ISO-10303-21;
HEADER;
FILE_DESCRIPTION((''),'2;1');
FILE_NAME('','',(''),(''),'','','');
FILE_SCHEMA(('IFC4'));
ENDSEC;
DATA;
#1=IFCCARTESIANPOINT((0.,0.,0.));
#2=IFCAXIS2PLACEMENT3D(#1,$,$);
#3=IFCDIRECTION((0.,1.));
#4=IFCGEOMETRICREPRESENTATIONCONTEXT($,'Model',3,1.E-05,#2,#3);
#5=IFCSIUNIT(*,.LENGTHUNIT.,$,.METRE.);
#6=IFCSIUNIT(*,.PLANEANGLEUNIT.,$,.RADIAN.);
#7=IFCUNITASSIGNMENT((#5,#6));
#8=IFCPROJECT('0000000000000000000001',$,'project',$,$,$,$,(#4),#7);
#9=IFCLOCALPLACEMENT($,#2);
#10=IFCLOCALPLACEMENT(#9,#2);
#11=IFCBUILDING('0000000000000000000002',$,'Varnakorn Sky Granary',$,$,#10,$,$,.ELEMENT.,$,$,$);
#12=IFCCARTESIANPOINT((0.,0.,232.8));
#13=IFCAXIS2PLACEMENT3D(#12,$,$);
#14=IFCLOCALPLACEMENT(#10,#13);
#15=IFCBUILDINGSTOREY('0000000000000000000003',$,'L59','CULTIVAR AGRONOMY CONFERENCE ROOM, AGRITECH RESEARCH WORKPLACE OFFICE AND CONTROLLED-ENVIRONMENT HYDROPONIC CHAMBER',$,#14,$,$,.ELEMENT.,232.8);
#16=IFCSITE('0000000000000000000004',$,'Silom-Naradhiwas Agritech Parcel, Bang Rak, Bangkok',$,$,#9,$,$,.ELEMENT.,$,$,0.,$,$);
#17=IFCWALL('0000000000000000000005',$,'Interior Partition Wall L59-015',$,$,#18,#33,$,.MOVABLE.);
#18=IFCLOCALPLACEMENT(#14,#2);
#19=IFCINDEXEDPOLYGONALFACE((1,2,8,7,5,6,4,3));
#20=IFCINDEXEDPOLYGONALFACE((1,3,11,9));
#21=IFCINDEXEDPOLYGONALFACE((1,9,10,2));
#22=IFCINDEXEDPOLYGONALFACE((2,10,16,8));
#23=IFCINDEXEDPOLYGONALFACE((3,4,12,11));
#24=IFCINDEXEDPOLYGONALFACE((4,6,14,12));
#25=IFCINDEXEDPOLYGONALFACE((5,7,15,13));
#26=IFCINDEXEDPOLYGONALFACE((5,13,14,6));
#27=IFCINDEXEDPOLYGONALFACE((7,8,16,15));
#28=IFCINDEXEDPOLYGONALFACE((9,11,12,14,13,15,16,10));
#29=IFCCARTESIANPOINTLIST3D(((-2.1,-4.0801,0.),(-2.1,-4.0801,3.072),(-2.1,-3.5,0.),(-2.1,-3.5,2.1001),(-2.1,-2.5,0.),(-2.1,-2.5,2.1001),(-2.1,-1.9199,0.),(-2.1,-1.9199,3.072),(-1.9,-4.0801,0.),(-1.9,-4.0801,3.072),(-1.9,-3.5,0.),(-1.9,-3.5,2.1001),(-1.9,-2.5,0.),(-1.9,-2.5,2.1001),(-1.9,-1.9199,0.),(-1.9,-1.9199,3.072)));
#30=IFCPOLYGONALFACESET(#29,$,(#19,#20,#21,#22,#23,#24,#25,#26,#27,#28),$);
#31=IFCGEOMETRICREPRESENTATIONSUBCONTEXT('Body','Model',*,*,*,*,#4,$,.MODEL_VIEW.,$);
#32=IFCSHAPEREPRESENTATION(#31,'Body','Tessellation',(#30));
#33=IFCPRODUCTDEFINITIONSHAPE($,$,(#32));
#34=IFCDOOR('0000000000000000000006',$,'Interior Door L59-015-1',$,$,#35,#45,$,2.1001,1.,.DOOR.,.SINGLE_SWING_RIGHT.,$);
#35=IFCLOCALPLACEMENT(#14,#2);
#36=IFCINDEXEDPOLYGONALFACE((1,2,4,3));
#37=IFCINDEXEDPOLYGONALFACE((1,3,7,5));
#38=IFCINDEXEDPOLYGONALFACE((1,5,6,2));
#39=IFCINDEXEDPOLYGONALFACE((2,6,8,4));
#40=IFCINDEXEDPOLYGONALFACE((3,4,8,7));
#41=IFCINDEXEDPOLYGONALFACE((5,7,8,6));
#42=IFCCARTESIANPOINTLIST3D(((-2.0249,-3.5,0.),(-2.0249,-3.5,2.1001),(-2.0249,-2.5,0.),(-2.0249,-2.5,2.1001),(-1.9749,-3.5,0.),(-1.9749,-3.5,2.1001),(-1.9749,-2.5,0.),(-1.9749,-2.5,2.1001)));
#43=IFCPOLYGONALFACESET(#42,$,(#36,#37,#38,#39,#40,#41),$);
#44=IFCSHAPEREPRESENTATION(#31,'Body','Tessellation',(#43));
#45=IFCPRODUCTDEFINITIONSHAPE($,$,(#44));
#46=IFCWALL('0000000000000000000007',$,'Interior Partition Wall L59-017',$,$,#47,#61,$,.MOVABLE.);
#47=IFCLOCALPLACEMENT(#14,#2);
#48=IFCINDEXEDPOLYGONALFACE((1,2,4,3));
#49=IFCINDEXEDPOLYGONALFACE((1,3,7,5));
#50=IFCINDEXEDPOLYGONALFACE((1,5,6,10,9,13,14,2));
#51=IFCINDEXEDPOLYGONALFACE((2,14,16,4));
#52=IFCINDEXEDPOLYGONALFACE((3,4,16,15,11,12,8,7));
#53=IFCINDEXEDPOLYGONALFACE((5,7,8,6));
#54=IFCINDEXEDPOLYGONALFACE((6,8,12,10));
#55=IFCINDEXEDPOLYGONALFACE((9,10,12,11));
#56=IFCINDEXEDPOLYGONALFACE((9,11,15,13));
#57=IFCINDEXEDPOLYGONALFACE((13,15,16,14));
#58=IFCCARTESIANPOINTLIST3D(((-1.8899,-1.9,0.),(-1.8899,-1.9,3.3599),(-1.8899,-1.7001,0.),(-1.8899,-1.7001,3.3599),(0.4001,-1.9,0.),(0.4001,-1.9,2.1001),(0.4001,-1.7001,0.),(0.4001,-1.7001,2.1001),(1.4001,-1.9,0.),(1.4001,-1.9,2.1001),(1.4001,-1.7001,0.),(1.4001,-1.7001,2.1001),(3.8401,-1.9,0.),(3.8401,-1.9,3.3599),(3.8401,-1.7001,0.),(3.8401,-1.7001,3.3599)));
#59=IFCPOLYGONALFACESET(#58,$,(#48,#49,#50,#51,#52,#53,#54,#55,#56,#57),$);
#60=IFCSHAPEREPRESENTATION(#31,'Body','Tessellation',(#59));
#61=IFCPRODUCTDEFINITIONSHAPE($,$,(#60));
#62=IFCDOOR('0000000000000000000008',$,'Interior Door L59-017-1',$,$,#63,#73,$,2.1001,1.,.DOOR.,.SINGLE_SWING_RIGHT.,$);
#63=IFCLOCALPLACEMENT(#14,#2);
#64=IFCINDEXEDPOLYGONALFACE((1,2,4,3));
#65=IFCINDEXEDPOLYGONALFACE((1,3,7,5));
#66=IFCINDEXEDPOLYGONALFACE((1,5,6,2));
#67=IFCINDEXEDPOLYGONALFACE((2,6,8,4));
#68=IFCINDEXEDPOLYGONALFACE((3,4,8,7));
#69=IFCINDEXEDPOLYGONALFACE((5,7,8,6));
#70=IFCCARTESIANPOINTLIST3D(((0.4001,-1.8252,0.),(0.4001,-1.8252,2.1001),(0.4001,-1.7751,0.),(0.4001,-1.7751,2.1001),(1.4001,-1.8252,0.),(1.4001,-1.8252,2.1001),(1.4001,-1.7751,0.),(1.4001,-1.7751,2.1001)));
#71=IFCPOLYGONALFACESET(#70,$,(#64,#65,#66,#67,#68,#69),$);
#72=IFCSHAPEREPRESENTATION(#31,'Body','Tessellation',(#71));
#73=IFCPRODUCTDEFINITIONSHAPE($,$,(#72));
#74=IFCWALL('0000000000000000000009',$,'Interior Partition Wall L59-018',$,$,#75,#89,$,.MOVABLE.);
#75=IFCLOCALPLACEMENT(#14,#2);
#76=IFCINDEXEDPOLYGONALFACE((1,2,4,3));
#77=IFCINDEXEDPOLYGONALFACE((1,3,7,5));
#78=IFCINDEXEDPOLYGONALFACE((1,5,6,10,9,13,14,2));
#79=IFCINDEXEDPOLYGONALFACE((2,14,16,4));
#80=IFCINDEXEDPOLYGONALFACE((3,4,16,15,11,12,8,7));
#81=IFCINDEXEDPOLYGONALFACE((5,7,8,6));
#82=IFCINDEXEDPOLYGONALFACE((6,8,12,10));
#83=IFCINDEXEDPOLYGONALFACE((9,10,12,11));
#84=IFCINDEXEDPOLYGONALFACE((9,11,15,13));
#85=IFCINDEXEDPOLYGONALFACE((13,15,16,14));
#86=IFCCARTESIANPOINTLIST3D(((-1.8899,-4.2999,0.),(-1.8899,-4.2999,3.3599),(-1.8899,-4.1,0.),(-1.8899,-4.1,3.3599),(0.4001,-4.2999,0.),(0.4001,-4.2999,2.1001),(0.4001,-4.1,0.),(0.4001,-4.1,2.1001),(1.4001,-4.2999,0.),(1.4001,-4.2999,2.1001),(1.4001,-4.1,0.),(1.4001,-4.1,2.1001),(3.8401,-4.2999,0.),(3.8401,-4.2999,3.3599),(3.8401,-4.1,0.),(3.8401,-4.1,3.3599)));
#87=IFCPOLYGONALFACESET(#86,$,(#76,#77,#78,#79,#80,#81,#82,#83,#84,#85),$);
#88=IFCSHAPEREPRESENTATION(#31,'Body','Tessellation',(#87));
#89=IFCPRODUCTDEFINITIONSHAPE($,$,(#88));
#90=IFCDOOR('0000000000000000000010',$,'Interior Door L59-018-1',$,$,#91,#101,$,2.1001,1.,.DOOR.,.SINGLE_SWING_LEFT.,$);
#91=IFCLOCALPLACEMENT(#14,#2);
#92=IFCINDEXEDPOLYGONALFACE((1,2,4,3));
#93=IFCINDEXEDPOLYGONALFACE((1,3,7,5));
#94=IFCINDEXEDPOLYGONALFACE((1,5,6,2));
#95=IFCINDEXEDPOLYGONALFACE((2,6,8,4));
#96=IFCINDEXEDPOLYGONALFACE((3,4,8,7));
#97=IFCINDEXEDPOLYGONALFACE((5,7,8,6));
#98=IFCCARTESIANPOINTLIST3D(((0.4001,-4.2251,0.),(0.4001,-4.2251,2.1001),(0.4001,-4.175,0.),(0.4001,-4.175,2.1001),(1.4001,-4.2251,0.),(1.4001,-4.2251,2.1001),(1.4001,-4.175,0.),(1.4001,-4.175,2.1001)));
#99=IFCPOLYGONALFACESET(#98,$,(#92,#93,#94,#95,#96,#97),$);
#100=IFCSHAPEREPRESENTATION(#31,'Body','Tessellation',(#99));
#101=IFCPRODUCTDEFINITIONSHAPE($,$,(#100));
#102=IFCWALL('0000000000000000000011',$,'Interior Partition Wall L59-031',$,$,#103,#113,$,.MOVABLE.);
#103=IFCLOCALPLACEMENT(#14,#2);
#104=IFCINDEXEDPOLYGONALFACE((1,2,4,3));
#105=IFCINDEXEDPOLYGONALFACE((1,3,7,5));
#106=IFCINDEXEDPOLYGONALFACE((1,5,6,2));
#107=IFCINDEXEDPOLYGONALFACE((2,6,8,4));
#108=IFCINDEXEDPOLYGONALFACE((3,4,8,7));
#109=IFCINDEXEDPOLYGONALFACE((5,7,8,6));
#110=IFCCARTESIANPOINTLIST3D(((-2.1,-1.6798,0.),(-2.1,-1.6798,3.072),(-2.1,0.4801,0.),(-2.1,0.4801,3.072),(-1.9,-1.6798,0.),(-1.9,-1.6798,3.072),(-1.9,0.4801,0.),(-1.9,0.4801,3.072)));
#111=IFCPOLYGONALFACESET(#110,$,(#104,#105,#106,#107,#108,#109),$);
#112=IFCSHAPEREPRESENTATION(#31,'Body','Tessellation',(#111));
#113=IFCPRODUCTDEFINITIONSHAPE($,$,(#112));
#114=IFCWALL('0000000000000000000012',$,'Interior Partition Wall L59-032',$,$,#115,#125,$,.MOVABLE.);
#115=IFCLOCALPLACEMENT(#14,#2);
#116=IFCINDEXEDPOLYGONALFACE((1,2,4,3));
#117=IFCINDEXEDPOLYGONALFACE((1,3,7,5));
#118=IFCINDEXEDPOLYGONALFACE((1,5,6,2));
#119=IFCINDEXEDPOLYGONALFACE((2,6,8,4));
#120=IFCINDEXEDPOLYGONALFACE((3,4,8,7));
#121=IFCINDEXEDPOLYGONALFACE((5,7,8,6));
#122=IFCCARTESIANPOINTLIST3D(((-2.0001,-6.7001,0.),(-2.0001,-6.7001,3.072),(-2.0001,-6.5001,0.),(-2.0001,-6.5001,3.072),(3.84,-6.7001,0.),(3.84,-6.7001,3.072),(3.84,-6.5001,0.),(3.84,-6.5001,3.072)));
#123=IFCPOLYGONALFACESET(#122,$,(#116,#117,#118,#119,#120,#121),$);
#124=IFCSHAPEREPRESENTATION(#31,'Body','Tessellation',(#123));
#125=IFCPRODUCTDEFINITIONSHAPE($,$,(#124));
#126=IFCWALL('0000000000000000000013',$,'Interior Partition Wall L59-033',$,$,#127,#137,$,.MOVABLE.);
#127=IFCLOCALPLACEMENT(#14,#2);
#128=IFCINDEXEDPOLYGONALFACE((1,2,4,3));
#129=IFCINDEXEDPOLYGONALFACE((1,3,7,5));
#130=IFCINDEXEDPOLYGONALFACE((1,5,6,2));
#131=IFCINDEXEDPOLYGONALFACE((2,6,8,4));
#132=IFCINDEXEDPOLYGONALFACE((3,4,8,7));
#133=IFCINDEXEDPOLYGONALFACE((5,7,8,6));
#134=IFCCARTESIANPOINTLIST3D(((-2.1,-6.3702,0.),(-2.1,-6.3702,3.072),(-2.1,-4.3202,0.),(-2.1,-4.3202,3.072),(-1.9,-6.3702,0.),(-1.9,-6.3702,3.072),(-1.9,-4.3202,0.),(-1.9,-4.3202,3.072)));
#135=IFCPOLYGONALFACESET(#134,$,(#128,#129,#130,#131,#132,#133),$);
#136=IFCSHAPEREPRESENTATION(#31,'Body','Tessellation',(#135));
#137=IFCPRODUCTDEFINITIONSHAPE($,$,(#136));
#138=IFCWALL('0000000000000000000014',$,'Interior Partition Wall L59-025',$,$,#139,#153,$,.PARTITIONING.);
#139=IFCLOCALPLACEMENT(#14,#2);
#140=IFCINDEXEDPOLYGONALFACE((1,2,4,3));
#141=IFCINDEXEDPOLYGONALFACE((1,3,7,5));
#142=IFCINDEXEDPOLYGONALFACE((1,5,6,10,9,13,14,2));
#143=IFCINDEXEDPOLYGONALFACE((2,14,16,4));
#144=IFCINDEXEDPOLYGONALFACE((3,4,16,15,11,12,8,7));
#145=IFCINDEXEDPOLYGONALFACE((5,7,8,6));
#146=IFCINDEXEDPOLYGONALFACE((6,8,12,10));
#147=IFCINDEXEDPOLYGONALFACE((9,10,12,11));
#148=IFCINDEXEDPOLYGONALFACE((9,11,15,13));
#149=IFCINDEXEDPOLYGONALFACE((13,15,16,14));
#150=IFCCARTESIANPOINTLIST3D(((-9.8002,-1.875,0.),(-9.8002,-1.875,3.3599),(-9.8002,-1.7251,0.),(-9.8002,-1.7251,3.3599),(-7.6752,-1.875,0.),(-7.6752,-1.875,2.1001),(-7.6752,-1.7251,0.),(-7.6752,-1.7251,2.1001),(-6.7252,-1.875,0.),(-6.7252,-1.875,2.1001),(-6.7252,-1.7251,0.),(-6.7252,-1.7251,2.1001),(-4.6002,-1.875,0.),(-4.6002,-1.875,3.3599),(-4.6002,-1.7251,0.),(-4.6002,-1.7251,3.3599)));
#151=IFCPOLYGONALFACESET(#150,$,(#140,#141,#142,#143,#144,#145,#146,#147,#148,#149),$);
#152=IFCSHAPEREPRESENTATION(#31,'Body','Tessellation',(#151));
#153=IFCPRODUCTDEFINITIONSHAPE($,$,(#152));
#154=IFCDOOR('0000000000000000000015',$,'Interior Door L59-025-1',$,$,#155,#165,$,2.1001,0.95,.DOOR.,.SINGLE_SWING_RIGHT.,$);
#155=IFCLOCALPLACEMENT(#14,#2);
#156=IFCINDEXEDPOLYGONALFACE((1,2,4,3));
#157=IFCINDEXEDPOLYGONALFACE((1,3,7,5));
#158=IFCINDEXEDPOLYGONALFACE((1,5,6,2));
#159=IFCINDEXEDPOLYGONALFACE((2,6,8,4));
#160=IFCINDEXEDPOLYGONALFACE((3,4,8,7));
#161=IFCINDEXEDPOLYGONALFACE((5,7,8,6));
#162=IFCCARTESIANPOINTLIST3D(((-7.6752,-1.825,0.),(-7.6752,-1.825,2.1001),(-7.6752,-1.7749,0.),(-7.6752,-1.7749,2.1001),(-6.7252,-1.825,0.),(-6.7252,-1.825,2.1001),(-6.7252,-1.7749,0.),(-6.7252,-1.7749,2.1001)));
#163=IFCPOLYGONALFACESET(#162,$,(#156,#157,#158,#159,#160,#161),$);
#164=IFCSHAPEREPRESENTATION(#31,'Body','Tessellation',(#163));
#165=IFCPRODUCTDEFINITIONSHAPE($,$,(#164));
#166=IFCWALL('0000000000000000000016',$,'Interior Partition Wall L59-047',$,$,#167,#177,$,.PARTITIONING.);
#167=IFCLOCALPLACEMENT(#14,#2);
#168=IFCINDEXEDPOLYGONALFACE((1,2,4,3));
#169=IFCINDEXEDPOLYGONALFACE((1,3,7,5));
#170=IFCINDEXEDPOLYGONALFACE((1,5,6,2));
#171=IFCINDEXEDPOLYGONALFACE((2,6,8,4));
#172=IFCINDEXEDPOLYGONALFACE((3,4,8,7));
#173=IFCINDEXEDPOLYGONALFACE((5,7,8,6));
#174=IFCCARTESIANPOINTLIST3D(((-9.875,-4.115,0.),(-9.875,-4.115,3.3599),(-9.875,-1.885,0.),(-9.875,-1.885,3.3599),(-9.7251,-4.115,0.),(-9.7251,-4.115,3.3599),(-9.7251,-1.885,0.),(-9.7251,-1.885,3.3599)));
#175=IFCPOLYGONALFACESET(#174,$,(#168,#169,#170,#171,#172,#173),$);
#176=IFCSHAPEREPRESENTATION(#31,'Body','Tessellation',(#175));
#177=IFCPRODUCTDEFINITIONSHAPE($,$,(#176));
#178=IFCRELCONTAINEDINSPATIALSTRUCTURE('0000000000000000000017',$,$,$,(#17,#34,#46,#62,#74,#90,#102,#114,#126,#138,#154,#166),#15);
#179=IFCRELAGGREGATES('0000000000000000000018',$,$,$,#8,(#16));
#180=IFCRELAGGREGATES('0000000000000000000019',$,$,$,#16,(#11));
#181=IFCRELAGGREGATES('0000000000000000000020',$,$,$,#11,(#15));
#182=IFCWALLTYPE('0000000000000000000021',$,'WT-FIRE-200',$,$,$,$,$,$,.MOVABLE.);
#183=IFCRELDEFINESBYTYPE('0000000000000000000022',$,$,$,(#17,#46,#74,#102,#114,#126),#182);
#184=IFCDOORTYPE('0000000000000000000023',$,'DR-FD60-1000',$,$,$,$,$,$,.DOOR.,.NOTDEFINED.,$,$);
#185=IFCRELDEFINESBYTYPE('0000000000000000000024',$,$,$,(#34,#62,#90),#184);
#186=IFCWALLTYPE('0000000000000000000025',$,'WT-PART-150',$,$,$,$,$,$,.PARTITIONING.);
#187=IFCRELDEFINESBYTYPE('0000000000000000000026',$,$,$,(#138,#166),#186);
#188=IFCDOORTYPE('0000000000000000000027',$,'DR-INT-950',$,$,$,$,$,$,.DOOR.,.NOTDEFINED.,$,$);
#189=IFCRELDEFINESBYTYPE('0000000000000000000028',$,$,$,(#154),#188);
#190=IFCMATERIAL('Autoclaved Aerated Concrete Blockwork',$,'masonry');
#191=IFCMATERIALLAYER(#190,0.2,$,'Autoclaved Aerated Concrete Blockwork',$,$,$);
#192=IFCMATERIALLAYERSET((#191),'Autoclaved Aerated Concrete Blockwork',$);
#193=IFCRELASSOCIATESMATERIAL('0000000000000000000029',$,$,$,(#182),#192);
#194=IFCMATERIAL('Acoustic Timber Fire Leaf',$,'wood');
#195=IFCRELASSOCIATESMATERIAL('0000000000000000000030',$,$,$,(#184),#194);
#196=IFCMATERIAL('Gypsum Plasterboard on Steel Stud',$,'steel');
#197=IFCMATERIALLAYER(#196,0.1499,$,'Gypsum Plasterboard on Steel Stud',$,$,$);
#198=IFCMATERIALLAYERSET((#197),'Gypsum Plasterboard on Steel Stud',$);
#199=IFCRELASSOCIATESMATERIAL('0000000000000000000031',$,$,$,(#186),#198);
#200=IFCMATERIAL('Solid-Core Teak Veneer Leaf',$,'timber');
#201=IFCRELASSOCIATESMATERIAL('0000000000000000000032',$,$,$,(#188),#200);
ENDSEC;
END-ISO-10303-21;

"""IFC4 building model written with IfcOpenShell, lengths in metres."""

from ifc_helpers import new_model, si_unit, direction, frame, frame_2d, origin, place, context, subcontext, project, spatial, rectangle, extrude, material, layer, layer_set, type_object, element, fill, save


model = new_model("IFC4")

# Units and contexts
model_context = context("Model", 3, precision=1e-05, world=origin(), true_north=direction((0.0, 1.0)))
body_context = subcontext(model_context, "Body", "Model", "MODEL_VIEW")
ifc_project = project(units=[si_unit("LENGTHUNIT", "METRE"), si_unit("PLANEANGLEUNIT", "RADIAN")], contexts=[model_context])

# Site, building, storey
site_placement = place(None, origin())
site = spatial("IfcSite", under=ifc_project, at=site_placement, Name="Silom-Naradhiwas Agritech Parcel, Bang Rak, Bangkok", CompositionType="ELEMENT", RefElevation=0.0)
building_placement = place(site_placement, origin())
building = spatial("IfcBuilding", under=site, at=building_placement, Name="Varnakorn Sky Granary", CompositionType="ELEMENT")
storey_placement = place(building_placement, frame((0.0, 0.0, 232.8)))
storey = spatial("IfcBuildingStorey", under=building, at=storey_placement, Name="L59", Description="CULTIVAR AGRONOMY CONFERENCE ROOM, AGRITECH RESEARCH WORKPLACE OFFICE AND CONTROLLED-ENVIRONMENT HYDROPONIC CHAMBER", CompositionType="ELEMENT", Elevation=232.8)

# Walls, openings, doors
ifc_material_1 = material(Name="Autoclaved Aerated Concrete Blockwork", Category="masonry")
ifc_layer_1 = layer(ifc_material_1, 0.2, Name="Autoclaved Aerated Concrete Blockwork")
ifc_layer_set_1 = layer_set([ifc_layer_1], Name="Autoclaved Aerated Concrete Blockwork")
wall_type_1 = type_object("IfcWallType", Name="WT-FIRE-200", PredefinedType="MOVABLE", material=ifc_layer_set_1)
wall_1_placement = place(storey_placement, frame((-2.0, -4.0801, 0.0), z_axis=(0.0, 0.0, 1.0), x_axis=(0.0, 1.0, 0.0)))
wall_1 = element("IfcWall", 1, at=wall_1_placement, inside=storey, type_object=wall_type_1, Name="Interior Partition Wall L59-015", PredefinedType="MOVABLE", context=body_context, shape_type="SweptSolid", body=[
    extrude(rectangle(XDim=2.1602, YDim=0.2, at=frame_2d((1.0801, 0.0))), origin(), (0.0, 0.0, 1.0), 3.072),
])
opening_1_placement = place(wall_1_placement, frame((0.5801, 0.0, 0.0)))
opening_1 = element("IfcOpeningElement", 2, at=opening_1_placement, cuts=wall_1, PredefinedType="OPENING", context=body_context, shape_type="SweptSolid", body=[
    extrude(rectangle(XDim=1.0, YDim=2.1001, at=frame_2d((0.5, 1.05))), frame((0.0, 0.1099, 0.0), z_axis=(0.0, -1.0, 0.0), x_axis=(1.0, 0.0, 0.0)), (0.0, 0.0, 1.0), 0.22),
])
ifc_material_2 = material(Name="Acoustic Timber Fire Leaf", Category="wood")
door_type_1 = type_object("IfcDoorType", Name="DR-FD60-1000", OperationType="NOTDEFINED", PredefinedType="DOOR", material=ifc_material_2)
door_1_placement = place(opening_1_placement, origin())
door_1 = element("IfcDoor", 3, at=door_1_placement, inside=storey, type_object=door_type_1, Name="Interior Door L59-015-1", OperationType="SINGLE_SWING_RIGHT", OverallHeight=2.1001, OverallWidth=1.0, PredefinedType="DOOR", context=body_context, shape_type="SweptSolid", body=[
    extrude(rectangle(XDim=1.0, YDim=2.1001, at=frame_2d((0.5, 1.05))), frame((0.0, 0.0249, 0.0), z_axis=(0.0, -1.0, 0.0), x_axis=(1.0, 0.0, 0.0)), (0.0, 0.0, 1.0), 0.05),
])
fill(opening_1, door_1)
wall_2_placement = place(storey_placement, frame((-1.8899, -1.8, 0.0), z_axis=(0.0, 0.0, 1.0), x_axis=(1.0, 0.0, 0.0)))
wall_2 = element("IfcWall", 4, at=wall_2_placement, inside=storey, type_object=wall_type_1, Name="Interior Partition Wall L59-017", PredefinedType="MOVABLE", context=body_context, shape_type="SweptSolid", body=[
    extrude(rectangle(XDim=5.73, YDim=0.2, at=frame_2d((2.865, 0.0))), origin(), (0.0, 0.0, 1.0), 3.3599),
])
opening_2_placement = place(wall_2_placement, frame((2.29, 0.0, 0.0)))
opening_2 = element("IfcOpeningElement", 5, at=opening_2_placement, cuts=wall_2, PredefinedType="OPENING", context=body_context, shape_type="SweptSolid", body=[
    extrude(rectangle(XDim=1.0, YDim=2.1001, at=frame_2d((0.5, 1.05))), frame((0.0, 0.1099, 0.0), z_axis=(0.0, -1.0, 0.0), x_axis=(1.0, 0.0, 0.0)), (0.0, 0.0, 1.0), 0.22),
])
door_2_placement = place(opening_2_placement, origin())
door_2 = element("IfcDoor", 6, at=door_2_placement, inside=storey, type_object=door_type_1, Name="Interior Door L59-017-1", OperationType="SINGLE_SWING_RIGHT", OverallHeight=2.1001, OverallWidth=1.0, PredefinedType="DOOR", context=body_context, shape_type="SweptSolid", body=[
    extrude(rectangle(XDim=1.0, YDim=2.1001, at=frame_2d((0.5, 1.05))), frame((0.0, 0.0249, 0.0), z_axis=(0.0, -1.0, 0.0), x_axis=(1.0, 0.0, 0.0)), (0.0, 0.0, 1.0), 0.05),
])
fill(opening_2, door_2)
wall_3_placement = place(storey_placement, frame((-1.8899, -4.2, 0.0), z_axis=(0.0, 0.0, 1.0), x_axis=(1.0, 0.0, 0.0)))
wall_3 = element("IfcWall", 7, at=wall_3_placement, inside=storey, type_object=wall_type_1, Name="Interior Partition Wall L59-018", PredefinedType="MOVABLE", context=body_context, shape_type="SweptSolid", body=[
    extrude(rectangle(XDim=5.73, YDim=0.2, at=frame_2d((2.865, 0.0))), origin(), (0.0, 0.0, 1.0), 3.3599),
])
opening_3_placement = place(wall_3_placement, frame((2.29, 0.0, 0.0)))
opening_3 = element("IfcOpeningElement", 8, at=opening_3_placement, cuts=wall_3, PredefinedType="OPENING", context=body_context, shape_type="SweptSolid", body=[
    extrude(rectangle(XDim=1.0, YDim=2.1001, at=frame_2d((0.5, 1.05))), frame((0.0, 0.1099, 0.0), z_axis=(0.0, -1.0, 0.0), x_axis=(1.0, 0.0, 0.0)), (0.0, 0.0, 1.0), 0.22),
])
door_3_placement = place(opening_3_placement, origin())
door_3 = element("IfcDoor", 9, at=door_3_placement, inside=storey, type_object=door_type_1, Name="Interior Door L59-018-1", OperationType="SINGLE_SWING_LEFT", OverallHeight=2.1001, OverallWidth=1.0, PredefinedType="DOOR", context=body_context, shape_type="SweptSolid", body=[
    extrude(rectangle(XDim=1.0, YDim=2.1001, at=frame_2d((0.5, 1.05))), frame((0.0, 0.0249, 0.0), z_axis=(0.0, -1.0, 0.0), x_axis=(1.0, 0.0, 0.0)), (0.0, 0.0, 1.0), 0.05),
])
fill(opening_3, door_3)

# Walls
wall_4_placement = place(storey_placement, frame((-2.0, -1.6799, 0.0), z_axis=(0.0, 0.0, 1.0), x_axis=(0.0, 1.0, 0.0)))
element("IfcWall", 10, at=wall_4_placement, inside=storey, type_object=wall_type_1, Name="Interior Partition Wall L59-031", PredefinedType="MOVABLE", context=body_context, shape_type="SweptSolid", body=[
    extrude(rectangle(XDim=2.1599, YDim=0.2, at=frame_2d((1.0801, 0.0))), origin(), (0.0, 0.0, 1.0), 3.072),
])
wall_5_placement = place(storey_placement, frame((-2.0, -6.6001, 0.0), z_axis=(0.0, 0.0, 1.0), x_axis=(1.0, 0.0, 0.0)))
element("IfcWall", 11, at=wall_5_placement, inside=storey, type_object=wall_type_1, Name="Interior Partition Wall L59-032", PredefinedType="MOVABLE", context=body_context, shape_type="SweptSolid", body=[
    extrude(rectangle(XDim=5.8401, YDim=0.2, at=frame_2d((2.9199, 0.0))), origin(), (0.0, 0.0, 1.0), 3.072),
])
wall_6_placement = place(storey_placement, frame((-2.0, -6.3701, 0.0), z_axis=(0.0, 0.0, 1.0), x_axis=(0.0, 1.0, 0.0)))
element("IfcWall", 12, at=wall_6_placement, inside=storey, type_object=wall_type_1, Name="Interior Partition Wall L59-033", PredefinedType="MOVABLE", context=body_context, shape_type="SweptSolid", body=[
    extrude(rectangle(XDim=2.05, YDim=0.2, at=frame_2d((1.0249, 0.0))), origin(), (0.0, 0.0, 1.0), 3.072),
])

# Wall, opening, door
ifc_material_3 = material(Name="Gypsum Plasterboard on Steel Stud", Category="steel")
ifc_layer_2 = layer(ifc_material_3, 0.1499, Name="Gypsum Plasterboard on Steel Stud")
ifc_layer_set_2 = layer_set([ifc_layer_2], Name="Gypsum Plasterboard on Steel Stud")
wall_type_2 = type_object("IfcWallType", Name="WT-PART-150", PredefinedType="PARTITIONING", material=ifc_layer_set_2)
wall_7_placement = place(storey_placement, frame((-4.6001, -1.8, 0.0), z_axis=(0.0, 0.0, 1.0), x_axis=(-1.0, 0.0, 0.0)))
wall_7 = element("IfcWall", 13, at=wall_7_placement, inside=storey, type_object=wall_type_2, Name="Interior Partition Wall L59-025", PredefinedType="PARTITIONING", context=body_context, shape_type="SweptSolid", body=[
    extrude(rectangle(XDim=5.2, YDim=0.1499, at=frame_2d((2.6001, 0.0))), origin(), (0.0, 0.0, 1.0), 3.3599),
])
opening_4_placement = place(wall_7_placement, frame((2.125, 0.0, 0.0)))
opening_4 = element("IfcOpeningElement", 14, at=opening_4_placement, cuts=wall_7, PredefinedType="OPENING", context=body_context, shape_type="SweptSolid", body=[
    extrude(rectangle(XDim=0.95, YDim=2.1001, at=frame_2d((0.4751, 1.05))), frame((0.0, 0.085, 0.0), z_axis=(0.0, -1.0, 0.0), x_axis=(1.0, 0.0, 0.0)), (0.0, 0.0, 1.0), 0.1699),
])
ifc_material_4 = material(Name="Solid-Core Teak Veneer Leaf", Category="timber")
door_type_2 = type_object("IfcDoorType", Name="DR-INT-950", OperationType="NOTDEFINED", PredefinedType="DOOR", material=ifc_material_4)
door_4_placement = place(opening_4_placement, origin())
door_4 = element("IfcDoor", 15, at=door_4_placement, inside=storey, type_object=door_type_2, Name="Interior Door L59-025-1", OperationType="SINGLE_SWING_RIGHT", OverallHeight=2.1001, OverallWidth=0.95, PredefinedType="DOOR", context=body_context, shape_type="SweptSolid", body=[
    extrude(rectangle(XDim=0.95, YDim=2.1001, at=frame_2d((0.4751, 1.05))), frame((0.0, 0.0249, 0.0), z_axis=(0.0, -1.0, 0.0), x_axis=(1.0, 0.0, 0.0)), (0.0, 0.0, 1.0), 0.05),
])
fill(opening_4, door_4)

# Wall
wall_8_placement = place(storey_placement, frame((-9.8, -1.885, 0.0), z_axis=(0.0, 0.0, 1.0), x_axis=(0.0, -1.0, 0.0)))
element("IfcWall", 16, at=wall_8_placement, inside=storey, type_object=wall_type_2, Name="Interior Partition Wall L59-047", PredefinedType="PARTITIONING", context=body_context, shape_type="SweptSolid", body=[
    extrude(rectangle(XDim=2.23, YDim=0.1499, at=frame_2d((1.115, 0.0))), origin(), (0.0, 0.0, 1.0), 3.3599),
])

save(model, "model.ifc")
